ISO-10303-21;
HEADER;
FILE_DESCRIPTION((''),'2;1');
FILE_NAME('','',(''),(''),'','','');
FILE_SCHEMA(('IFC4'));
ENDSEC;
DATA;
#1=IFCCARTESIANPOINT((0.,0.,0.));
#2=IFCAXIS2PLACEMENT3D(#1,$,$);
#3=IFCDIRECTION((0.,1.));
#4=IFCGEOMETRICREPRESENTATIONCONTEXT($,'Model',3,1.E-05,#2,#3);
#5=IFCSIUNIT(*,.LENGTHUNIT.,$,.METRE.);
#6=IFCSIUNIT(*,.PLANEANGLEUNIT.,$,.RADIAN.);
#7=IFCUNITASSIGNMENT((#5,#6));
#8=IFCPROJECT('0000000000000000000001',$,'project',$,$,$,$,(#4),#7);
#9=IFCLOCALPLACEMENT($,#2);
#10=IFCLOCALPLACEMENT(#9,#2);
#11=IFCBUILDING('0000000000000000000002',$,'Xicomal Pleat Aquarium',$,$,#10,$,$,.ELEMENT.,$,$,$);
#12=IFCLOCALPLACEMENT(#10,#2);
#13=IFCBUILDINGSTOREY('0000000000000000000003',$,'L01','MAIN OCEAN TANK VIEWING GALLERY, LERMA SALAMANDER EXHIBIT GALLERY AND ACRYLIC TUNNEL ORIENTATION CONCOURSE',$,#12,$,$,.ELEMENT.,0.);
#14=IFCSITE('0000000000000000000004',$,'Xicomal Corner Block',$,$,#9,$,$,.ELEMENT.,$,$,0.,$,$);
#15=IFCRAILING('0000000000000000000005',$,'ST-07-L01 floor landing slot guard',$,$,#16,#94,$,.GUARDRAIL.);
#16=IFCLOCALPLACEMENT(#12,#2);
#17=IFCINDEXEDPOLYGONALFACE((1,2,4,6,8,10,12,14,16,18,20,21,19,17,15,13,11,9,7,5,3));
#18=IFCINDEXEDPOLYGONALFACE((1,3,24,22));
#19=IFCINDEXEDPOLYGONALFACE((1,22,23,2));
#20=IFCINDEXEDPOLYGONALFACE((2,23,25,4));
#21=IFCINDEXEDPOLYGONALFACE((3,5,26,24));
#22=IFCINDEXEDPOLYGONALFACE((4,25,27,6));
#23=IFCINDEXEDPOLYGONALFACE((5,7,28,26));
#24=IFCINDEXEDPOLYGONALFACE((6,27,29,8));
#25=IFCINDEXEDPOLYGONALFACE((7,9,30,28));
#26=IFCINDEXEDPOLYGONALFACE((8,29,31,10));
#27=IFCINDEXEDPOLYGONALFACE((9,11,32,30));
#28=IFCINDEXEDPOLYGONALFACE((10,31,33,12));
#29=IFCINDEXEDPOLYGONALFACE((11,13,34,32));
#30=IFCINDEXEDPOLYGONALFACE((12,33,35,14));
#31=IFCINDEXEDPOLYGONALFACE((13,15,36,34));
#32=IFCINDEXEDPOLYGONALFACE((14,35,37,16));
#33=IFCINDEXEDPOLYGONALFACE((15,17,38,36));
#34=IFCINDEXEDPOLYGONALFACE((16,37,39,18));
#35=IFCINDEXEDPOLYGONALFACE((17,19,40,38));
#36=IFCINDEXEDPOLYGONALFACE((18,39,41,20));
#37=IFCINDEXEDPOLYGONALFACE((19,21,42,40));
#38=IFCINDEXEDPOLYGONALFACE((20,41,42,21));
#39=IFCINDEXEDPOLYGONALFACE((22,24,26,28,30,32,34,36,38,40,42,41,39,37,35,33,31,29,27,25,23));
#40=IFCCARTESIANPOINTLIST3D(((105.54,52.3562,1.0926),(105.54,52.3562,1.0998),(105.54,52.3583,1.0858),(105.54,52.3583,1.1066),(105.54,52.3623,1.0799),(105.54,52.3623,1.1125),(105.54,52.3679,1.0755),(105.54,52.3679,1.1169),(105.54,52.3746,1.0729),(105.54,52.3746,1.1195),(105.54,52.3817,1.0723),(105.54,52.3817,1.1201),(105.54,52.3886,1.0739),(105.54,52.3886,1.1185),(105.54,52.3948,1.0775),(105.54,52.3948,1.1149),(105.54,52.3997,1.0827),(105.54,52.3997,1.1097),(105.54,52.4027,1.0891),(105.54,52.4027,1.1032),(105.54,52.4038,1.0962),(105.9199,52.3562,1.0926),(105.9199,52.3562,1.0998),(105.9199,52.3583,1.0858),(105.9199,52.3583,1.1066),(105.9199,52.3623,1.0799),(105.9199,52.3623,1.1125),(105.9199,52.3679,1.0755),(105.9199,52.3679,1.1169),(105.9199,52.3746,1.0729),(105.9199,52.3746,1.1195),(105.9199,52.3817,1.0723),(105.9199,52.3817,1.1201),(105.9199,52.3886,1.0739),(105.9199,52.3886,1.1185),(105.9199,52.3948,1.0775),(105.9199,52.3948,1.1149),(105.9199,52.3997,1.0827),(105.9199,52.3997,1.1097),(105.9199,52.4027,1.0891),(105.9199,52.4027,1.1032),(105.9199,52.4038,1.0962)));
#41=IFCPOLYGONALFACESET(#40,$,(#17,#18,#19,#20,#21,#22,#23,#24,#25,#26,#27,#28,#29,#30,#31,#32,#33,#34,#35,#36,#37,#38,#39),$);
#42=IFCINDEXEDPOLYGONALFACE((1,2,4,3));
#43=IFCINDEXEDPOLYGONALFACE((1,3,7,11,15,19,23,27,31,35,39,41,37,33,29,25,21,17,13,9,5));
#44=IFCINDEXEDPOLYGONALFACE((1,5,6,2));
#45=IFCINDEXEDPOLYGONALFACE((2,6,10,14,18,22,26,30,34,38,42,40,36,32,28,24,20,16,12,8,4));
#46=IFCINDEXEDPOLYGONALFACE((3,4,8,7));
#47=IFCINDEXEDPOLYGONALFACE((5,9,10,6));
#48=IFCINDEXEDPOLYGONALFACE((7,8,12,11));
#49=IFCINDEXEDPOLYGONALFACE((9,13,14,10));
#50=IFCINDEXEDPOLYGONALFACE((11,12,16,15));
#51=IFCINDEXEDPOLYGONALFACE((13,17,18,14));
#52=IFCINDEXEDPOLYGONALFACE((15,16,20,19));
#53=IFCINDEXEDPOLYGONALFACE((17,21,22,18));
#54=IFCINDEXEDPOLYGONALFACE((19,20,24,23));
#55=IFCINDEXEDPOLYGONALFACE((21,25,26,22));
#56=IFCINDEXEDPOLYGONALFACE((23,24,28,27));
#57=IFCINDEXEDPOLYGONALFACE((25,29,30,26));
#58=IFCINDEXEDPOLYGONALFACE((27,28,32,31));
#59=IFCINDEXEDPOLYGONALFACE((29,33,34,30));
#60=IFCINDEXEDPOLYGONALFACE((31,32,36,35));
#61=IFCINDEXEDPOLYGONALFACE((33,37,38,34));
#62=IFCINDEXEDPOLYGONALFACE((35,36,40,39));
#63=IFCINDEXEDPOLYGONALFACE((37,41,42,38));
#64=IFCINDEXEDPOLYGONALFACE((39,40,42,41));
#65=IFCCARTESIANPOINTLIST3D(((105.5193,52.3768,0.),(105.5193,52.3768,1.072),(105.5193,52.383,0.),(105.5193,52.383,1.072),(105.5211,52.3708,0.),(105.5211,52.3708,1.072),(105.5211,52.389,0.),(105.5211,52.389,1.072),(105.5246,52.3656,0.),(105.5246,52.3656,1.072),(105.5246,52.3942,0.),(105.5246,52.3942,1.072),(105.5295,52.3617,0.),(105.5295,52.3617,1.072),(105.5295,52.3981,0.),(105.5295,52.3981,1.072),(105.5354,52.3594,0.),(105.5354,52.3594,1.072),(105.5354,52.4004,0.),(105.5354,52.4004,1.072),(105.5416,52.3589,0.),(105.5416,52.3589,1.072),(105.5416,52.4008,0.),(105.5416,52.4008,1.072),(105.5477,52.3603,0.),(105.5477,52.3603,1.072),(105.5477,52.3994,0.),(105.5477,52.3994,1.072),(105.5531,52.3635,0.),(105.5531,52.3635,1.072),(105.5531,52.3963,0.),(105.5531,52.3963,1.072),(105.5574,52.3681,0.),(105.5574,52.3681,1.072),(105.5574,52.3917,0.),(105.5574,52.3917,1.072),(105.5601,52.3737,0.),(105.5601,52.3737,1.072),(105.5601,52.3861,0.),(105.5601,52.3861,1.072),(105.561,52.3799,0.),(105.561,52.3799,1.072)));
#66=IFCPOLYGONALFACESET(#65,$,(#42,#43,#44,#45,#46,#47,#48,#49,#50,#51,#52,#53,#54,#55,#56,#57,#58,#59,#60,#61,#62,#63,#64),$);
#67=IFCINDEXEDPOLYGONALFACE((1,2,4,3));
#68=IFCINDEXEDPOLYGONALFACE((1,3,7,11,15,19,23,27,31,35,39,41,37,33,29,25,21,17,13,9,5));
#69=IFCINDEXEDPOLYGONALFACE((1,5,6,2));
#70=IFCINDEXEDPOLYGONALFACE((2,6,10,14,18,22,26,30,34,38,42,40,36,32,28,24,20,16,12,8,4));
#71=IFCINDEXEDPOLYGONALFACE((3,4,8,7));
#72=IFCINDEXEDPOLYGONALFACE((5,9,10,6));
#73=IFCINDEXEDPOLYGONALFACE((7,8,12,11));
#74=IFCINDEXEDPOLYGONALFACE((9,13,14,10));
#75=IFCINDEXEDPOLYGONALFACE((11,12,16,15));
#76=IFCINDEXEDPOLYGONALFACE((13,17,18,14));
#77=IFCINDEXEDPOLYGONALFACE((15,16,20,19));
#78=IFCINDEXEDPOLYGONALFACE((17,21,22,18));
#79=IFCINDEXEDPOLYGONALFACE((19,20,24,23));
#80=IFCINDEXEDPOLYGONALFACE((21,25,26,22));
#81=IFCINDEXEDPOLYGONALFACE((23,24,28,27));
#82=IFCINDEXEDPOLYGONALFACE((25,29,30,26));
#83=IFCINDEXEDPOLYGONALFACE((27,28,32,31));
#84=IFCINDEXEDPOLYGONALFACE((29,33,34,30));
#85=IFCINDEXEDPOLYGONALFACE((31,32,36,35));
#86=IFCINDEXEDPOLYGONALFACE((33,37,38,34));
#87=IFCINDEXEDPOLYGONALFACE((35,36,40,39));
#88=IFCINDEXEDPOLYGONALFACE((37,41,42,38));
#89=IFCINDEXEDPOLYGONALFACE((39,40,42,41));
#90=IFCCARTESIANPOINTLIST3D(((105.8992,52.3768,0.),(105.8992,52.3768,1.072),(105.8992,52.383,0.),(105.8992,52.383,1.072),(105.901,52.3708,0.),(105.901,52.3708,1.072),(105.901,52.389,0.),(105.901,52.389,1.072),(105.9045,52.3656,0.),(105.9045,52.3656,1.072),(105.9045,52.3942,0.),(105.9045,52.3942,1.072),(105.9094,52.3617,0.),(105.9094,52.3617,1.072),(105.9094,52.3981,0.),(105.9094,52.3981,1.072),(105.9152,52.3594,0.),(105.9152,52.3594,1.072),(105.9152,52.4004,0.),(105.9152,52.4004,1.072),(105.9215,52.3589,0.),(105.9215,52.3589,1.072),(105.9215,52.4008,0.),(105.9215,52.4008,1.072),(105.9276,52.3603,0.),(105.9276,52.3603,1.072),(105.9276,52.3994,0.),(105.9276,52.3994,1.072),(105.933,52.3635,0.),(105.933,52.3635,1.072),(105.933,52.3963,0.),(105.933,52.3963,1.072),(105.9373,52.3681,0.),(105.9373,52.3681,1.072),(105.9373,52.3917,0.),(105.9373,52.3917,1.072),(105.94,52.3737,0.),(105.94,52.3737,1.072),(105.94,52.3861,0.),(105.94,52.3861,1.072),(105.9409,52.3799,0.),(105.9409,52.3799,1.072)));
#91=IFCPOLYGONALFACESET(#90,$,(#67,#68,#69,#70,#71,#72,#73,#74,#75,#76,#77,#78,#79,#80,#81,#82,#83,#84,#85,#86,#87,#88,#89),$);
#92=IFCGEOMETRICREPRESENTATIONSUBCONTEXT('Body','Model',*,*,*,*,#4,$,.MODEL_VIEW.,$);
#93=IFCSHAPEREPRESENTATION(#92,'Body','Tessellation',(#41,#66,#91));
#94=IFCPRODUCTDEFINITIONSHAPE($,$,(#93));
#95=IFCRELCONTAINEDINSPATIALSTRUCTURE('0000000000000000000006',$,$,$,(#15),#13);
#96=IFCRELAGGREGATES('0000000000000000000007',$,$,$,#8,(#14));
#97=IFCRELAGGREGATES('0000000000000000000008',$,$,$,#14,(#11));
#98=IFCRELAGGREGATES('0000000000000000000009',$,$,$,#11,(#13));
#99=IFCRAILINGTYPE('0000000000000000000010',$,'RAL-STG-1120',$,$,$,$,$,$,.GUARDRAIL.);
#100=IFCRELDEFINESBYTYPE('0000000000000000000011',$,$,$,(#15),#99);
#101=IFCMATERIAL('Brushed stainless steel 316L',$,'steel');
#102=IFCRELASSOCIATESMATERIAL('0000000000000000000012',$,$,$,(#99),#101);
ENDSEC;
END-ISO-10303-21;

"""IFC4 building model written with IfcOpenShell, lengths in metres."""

from ifc_helpers import new_model, si_unit, direction, frame, origin, origin_2d, place, context, subcontext, project, spatial, circle, extrude, material, type_object, element, save


model = new_model("IFC4")

# Units and contexts
model_context = context("Model", 3, precision=1e-05, world=origin(), true_north=direction((0.0, 1.0)))
body_context = subcontext(model_context, "Body", "Model", "MODEL_VIEW")
ifc_project = project(units=[si_unit("LENGTHUNIT", "METRE"), si_unit("PLANEANGLEUNIT", "RADIAN")], contexts=[model_context])

# Site, building, storey
site_placement = place(None, origin())
site = spatial("IfcSite", under=ifc_project, at=site_placement, Name="Xicomal Corner Block", CompositionType="ELEMENT", RefElevation=0.0)
building_placement = place(site_placement, origin())
building = spatial("IfcBuilding", under=site, at=building_placement, Name="Xicomal Pleat Aquarium", CompositionType="ELEMENT")
storey_placement = place(building_placement, origin())
storey = spatial("IfcBuildingStorey", under=building, at=storey_placement, Name="L01", Description="MAIN OCEAN TANK VIEWING GALLERY, LERMA SALAMANDER EXHIBIT GALLERY AND ACRYLIC TUNNEL ORIENTATION CONCOURSE", CompositionType="ELEMENT", Elevation=0.0)

# Railing
ifc_material_1 = material(Name="Brushed stainless steel 316L", Category="steel")
railing_type_1 = type_object("IfcRailingType", Name="RAL-STG-1120", PredefinedType="GUARDRAIL", material=ifc_material_1)
railing_1_placement = place(storey_placement, frame((105.54, 52.3799, 0.0)))
element("IfcRailing", 1, at=railing_1_placement, inside=storey, type_object=railing_type_1, Name="ST-07-L01 floor landing slot guard", PredefinedType="GUARDRAIL", context=body_context, shape_type="SweptSolid", body=[
    extrude(circle(Radius=0.0239, at=origin_2d()), frame((0.0, 0.0, 1.0962), z_axis=(1.0, 0.0, 0.0), x_axis=(0.0, 1.0, 0.0)), (0.0, 0.0, 1.0), 0.3799),
    extrude(circle(Radius=0.021, at=origin_2d()), origin(), (0.0, 0.0, 1.0), 1.072),
    extrude(circle(Radius=0.021, at=origin_2d()), frame((0.3799, 0.0, 0.0)), (0.0, 0.0, 1.0), 1.072),
])

save(model, "model.ifc")
